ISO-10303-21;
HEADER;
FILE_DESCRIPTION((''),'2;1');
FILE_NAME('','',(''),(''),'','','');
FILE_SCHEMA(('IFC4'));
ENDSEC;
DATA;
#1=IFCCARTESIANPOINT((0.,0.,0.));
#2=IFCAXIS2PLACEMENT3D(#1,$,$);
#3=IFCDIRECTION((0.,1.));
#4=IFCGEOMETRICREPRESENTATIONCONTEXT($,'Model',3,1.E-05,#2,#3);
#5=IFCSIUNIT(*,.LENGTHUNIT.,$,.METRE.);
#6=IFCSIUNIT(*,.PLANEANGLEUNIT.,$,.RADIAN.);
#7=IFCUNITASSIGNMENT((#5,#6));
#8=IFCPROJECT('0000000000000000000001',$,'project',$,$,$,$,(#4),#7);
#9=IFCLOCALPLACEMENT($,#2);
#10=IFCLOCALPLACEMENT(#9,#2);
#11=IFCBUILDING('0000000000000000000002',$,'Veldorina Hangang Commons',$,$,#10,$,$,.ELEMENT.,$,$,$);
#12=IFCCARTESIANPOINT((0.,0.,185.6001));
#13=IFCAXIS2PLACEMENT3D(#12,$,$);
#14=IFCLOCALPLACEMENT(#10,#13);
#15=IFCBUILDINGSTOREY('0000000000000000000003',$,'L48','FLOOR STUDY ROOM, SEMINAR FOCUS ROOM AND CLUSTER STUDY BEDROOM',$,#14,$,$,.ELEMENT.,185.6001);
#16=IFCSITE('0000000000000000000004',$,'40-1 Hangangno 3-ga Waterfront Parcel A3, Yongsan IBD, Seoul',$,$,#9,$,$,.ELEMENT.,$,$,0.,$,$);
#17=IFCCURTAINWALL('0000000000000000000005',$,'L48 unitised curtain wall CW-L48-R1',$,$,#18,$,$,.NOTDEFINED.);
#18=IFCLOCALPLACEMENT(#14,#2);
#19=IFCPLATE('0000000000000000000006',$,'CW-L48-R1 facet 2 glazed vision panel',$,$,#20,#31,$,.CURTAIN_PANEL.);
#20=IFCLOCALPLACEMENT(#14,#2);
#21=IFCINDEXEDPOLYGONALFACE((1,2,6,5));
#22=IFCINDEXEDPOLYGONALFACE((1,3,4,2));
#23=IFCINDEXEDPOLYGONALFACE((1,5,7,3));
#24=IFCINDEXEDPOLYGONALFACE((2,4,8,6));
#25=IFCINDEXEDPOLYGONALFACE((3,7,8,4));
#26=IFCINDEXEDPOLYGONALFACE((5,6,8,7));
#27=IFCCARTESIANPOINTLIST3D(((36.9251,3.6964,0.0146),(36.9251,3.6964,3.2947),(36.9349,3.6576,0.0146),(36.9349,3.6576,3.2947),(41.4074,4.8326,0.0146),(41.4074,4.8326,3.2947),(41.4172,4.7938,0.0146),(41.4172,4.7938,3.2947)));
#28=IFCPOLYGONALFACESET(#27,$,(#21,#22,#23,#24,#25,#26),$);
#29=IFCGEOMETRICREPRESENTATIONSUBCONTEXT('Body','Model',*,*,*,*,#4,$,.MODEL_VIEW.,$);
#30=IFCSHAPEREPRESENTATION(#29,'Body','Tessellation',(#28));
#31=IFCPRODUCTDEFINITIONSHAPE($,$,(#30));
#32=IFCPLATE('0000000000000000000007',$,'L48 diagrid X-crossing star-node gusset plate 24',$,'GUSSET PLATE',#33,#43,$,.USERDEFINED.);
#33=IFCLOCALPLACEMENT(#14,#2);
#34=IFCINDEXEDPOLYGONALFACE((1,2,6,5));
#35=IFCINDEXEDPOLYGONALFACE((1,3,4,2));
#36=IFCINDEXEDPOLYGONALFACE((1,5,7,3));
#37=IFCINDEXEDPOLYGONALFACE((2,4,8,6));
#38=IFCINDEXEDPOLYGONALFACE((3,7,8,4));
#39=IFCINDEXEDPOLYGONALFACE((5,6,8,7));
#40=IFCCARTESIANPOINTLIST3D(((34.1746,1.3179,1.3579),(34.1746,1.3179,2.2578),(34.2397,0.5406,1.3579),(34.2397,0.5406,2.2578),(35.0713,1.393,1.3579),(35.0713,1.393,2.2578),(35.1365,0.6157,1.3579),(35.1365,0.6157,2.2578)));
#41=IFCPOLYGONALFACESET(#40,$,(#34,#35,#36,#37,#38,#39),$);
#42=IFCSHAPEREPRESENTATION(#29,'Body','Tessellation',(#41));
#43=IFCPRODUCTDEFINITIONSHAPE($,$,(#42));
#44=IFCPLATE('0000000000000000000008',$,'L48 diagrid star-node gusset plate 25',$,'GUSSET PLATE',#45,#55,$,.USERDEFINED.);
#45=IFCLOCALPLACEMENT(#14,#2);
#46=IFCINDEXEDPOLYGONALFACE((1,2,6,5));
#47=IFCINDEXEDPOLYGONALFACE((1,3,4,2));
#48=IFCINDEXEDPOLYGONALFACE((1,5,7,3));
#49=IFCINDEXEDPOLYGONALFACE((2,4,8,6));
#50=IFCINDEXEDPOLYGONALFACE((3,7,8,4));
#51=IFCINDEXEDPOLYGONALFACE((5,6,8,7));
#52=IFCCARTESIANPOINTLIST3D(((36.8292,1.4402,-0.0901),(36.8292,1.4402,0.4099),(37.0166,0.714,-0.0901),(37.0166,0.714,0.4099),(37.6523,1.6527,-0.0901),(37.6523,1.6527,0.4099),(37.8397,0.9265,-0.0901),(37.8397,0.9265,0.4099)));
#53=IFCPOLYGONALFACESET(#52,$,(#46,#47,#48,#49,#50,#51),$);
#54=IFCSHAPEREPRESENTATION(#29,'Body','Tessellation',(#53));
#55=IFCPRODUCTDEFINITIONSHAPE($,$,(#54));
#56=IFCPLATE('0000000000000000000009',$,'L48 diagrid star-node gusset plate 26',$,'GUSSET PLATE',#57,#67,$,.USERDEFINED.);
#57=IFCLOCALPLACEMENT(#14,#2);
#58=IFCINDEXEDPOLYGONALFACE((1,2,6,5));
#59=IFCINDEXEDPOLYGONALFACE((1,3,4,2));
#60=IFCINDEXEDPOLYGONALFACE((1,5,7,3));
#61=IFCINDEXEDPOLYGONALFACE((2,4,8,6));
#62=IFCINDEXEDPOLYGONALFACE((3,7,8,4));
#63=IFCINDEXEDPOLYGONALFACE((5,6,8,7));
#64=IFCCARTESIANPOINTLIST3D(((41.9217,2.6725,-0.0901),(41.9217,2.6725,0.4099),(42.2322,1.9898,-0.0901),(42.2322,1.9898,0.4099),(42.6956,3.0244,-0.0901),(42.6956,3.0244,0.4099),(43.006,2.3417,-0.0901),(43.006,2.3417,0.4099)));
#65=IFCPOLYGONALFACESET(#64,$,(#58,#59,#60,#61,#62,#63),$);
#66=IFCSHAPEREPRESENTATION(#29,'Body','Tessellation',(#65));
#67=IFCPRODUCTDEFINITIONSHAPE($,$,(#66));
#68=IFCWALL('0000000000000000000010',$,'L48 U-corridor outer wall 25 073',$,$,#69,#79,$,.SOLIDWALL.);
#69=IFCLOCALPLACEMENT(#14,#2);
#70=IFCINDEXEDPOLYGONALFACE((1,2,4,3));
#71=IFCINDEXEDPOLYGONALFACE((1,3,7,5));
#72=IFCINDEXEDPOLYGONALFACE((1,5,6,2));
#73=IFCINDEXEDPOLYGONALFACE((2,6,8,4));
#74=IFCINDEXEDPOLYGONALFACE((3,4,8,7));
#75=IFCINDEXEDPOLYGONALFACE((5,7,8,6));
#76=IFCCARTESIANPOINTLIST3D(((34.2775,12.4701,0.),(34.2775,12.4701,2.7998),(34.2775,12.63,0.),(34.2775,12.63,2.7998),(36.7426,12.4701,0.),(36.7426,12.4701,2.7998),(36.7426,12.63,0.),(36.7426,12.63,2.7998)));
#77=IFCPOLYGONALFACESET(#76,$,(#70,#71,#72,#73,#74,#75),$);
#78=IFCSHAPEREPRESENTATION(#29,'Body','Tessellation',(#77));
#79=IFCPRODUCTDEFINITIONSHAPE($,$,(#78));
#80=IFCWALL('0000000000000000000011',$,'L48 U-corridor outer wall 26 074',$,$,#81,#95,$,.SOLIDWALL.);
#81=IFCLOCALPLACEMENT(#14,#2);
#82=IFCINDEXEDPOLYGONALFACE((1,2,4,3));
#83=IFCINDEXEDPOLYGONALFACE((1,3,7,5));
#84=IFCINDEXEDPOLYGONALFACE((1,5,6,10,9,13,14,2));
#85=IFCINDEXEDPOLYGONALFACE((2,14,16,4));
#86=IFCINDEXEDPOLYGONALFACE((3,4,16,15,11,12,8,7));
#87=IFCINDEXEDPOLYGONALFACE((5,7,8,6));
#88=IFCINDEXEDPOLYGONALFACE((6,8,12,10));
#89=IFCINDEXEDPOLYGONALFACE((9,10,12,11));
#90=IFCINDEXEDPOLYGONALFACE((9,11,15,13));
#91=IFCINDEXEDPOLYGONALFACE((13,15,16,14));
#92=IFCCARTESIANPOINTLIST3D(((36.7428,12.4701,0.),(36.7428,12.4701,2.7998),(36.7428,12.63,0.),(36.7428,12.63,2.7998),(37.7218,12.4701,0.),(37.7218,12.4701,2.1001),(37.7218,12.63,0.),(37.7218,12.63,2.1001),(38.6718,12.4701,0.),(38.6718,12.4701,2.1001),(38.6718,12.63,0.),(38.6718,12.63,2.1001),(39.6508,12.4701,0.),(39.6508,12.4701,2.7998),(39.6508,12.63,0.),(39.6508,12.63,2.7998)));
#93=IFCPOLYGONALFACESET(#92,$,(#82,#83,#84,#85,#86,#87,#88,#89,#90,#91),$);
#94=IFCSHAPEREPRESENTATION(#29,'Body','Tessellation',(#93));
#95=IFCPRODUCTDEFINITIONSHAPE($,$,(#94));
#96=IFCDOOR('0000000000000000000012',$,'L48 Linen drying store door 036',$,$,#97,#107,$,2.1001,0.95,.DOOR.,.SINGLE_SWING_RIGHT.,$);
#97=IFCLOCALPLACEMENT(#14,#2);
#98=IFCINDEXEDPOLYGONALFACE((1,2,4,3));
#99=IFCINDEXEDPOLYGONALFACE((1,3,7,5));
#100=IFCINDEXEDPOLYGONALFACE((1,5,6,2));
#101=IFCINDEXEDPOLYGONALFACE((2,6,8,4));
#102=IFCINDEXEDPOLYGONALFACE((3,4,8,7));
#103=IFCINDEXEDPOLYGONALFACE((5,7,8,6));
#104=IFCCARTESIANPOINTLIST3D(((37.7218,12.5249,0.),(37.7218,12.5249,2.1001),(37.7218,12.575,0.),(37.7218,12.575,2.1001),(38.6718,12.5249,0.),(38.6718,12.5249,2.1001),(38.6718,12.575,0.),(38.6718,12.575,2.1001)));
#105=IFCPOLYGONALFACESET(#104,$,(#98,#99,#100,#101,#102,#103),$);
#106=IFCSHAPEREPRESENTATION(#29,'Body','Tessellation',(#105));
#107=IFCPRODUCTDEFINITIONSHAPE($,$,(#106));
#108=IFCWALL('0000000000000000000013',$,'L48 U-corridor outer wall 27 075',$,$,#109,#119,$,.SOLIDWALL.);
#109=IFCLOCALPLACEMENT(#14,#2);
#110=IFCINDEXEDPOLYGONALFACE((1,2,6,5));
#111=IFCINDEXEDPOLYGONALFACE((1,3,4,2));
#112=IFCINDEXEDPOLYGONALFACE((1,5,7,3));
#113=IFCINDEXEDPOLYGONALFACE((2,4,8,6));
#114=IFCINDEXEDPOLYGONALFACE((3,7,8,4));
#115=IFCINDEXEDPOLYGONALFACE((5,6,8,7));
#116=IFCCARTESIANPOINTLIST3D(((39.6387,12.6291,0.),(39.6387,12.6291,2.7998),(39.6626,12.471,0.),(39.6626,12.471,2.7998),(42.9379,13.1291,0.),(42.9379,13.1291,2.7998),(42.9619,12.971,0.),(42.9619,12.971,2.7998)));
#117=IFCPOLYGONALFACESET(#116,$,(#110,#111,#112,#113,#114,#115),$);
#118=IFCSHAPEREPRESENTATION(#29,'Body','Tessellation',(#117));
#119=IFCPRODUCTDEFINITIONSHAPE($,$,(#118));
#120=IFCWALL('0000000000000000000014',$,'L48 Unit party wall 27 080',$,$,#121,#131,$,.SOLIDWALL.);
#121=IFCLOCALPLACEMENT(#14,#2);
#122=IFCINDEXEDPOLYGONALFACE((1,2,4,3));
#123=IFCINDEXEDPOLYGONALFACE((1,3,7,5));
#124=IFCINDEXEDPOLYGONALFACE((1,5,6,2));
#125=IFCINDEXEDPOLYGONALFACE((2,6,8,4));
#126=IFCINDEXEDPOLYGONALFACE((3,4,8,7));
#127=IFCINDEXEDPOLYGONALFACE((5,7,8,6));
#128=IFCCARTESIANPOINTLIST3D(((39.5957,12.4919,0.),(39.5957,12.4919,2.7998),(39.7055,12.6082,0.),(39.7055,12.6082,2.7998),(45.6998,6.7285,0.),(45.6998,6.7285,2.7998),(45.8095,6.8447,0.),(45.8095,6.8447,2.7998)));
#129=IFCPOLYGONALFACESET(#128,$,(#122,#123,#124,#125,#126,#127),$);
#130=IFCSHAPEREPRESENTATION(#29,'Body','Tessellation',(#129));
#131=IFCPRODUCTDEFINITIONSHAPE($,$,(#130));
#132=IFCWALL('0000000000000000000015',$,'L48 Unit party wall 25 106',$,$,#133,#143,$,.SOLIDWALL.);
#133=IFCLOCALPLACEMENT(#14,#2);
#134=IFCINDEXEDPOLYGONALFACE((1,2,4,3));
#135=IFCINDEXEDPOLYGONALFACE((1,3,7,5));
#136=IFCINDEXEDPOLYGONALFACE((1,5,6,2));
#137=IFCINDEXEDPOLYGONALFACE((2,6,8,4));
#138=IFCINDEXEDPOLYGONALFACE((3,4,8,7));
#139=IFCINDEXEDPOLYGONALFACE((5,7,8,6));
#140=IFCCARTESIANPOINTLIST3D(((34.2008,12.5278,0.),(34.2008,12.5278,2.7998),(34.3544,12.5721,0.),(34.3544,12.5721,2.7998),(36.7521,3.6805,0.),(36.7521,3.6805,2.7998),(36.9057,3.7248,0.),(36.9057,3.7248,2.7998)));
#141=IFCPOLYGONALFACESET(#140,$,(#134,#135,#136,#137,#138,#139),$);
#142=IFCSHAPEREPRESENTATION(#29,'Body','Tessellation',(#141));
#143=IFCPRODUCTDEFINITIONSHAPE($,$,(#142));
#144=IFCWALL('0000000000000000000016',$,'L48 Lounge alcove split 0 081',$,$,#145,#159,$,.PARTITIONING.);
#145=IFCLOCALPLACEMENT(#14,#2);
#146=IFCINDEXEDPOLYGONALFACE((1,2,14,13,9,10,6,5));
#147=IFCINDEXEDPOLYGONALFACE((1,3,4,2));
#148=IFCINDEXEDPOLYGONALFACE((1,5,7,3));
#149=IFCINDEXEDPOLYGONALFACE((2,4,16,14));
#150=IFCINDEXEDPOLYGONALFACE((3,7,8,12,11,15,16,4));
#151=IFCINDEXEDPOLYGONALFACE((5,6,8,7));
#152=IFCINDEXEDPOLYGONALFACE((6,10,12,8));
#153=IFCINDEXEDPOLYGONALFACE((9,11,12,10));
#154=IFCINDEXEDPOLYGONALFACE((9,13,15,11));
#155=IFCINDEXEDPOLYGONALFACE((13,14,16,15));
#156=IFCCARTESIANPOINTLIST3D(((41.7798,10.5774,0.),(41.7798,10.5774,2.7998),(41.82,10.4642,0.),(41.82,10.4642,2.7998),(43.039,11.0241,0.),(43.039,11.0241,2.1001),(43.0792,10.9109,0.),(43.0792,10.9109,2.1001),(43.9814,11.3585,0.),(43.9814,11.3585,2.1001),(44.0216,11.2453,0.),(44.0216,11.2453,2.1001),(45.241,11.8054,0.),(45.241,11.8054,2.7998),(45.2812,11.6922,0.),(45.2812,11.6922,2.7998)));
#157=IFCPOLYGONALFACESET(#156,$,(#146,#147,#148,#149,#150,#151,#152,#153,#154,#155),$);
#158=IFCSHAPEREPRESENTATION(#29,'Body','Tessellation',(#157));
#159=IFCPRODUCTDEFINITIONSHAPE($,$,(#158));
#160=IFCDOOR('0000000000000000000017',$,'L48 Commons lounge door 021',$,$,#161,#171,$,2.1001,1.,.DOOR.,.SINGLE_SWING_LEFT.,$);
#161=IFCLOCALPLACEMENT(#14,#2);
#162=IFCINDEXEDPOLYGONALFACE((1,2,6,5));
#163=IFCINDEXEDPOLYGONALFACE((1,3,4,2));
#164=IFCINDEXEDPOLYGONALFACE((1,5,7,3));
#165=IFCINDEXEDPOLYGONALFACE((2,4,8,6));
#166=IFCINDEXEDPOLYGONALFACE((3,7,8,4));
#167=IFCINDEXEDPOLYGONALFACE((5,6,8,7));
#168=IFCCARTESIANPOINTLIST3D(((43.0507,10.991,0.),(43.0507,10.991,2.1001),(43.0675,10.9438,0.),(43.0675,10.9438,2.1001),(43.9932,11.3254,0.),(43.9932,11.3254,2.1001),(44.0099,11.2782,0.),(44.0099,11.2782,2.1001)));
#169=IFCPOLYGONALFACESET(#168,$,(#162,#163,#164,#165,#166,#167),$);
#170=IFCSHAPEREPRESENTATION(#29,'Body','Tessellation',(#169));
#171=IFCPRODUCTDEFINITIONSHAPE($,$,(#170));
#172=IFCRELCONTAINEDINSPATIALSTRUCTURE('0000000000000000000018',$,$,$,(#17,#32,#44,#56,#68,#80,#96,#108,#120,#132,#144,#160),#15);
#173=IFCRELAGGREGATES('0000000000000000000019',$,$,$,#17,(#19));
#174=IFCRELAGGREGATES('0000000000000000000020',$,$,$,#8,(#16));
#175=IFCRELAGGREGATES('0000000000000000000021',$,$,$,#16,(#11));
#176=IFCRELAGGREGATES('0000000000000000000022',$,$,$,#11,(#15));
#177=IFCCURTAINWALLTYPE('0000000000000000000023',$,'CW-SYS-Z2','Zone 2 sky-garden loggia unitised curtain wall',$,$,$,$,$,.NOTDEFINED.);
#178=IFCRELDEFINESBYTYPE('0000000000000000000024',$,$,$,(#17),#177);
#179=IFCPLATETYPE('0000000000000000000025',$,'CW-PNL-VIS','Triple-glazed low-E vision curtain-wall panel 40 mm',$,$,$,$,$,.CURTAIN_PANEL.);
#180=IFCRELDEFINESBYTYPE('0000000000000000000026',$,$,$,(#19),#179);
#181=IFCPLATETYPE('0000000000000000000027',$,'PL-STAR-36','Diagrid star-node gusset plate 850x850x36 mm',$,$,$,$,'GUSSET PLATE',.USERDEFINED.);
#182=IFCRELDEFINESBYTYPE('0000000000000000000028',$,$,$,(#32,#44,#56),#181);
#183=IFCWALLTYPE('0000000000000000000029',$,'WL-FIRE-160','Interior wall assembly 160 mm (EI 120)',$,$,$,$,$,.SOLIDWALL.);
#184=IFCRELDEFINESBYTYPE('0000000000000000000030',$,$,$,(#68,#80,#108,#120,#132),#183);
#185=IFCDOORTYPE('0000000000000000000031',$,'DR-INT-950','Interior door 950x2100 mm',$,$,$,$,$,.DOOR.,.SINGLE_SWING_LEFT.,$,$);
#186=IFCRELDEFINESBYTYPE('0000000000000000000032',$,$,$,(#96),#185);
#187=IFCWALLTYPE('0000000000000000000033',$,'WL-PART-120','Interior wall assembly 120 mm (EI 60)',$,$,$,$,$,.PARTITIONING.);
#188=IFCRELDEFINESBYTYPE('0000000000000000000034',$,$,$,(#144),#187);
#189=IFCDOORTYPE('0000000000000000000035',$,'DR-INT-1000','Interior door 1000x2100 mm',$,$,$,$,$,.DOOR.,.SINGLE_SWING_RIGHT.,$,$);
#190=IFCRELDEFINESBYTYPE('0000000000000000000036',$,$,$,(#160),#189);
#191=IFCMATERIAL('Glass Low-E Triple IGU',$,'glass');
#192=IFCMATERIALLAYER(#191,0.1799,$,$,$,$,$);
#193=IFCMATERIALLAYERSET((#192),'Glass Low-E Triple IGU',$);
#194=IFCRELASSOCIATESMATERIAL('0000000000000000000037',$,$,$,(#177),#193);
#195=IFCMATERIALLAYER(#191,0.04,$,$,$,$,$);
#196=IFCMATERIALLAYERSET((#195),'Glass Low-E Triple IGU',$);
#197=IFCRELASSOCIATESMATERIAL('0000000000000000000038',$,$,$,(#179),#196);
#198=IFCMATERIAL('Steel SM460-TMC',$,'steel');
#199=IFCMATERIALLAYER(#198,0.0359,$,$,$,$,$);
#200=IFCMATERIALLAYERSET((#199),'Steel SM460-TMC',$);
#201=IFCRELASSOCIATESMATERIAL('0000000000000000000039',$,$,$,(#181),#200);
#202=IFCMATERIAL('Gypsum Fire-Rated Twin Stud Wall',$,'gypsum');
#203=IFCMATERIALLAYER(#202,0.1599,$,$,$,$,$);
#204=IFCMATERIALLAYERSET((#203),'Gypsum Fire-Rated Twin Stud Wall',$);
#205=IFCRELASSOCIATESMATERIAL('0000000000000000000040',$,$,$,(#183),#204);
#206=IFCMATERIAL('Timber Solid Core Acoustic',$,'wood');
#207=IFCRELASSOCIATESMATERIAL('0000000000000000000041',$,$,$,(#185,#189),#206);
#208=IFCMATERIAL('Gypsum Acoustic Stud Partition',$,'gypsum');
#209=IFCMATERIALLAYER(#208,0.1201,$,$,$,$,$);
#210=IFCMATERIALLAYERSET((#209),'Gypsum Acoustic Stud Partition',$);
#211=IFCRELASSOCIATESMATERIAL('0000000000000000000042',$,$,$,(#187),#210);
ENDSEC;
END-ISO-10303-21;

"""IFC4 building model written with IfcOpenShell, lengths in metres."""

from ifc_helpers import new_model, si_unit, direction, frame, frame_2d, origin, origin_2d, place, context, subcontext, project, spatial, rectangle, extrude, material, layer, layer_set, type_object, element, fill, aggregate, save


model = new_model("IFC4")

# Units and contexts
model_context = context("Model", 3, precision=1e-05, world=origin(), true_north=direction((0.0, 1.0)))
body_context = subcontext(model_context, "Body", "Model", "MODEL_VIEW")
ifc_project = project(units=[si_unit("LENGTHUNIT", "METRE"), si_unit("PLANEANGLEUNIT", "RADIAN")], contexts=[model_context])

# Site, building, storey
site_placement = place(None, origin())
site = spatial("IfcSite", under=ifc_project, at=site_placement, Name="40-1 Hangangno 3-ga Waterfront Parcel A3, Yongsan IBD, Seoul", CompositionType="ELEMENT", RefElevation=0.0)
building_placement = place(site_placement, origin())
building = spatial("IfcBuilding", under=site, at=building_placement, Name="Veldorina Hangang Commons", CompositionType="ELEMENT")
storey_placement = place(building_placement, frame((0.0, 0.0, 185.6001)))
storey = spatial("IfcBuildingStorey", under=building, at=storey_placement, Name="L48", Description="FLOOR STUDY ROOM, SEMINAR FOCUS ROOM AND CLUSTER STUDY BEDROOM", CompositionType="ELEMENT", Elevation=185.6001)

# Curtain wall
ifc_material_1 = material(Name="Glass Low-E Triple IGU", Category="glass")
ifc_layer_1 = layer(ifc_material_1, 0.1799)
ifc_layer_set_1 = layer_set([ifc_layer_1], Name="Glass Low-E Triple IGU")
curtain_wall_type = type_object("IfcCurtainWallType", Name="CW-SYS-Z2", Description="Zone 2 sky-garden loggia unitised curtain wall", PredefinedType="NOTDEFINED", material=ifc_layer_set_1)
curtain_wall_placement = place(storey_placement, origin())
curtain_wall = element("IfcCurtainWall", 1, at=curtain_wall_placement, inside=storey, type_object=curtain_wall_type, Name="L48 unitised curtain wall CW-L48-R1", PredefinedType="NOTDEFINED")

# Plate
ifc_layer_2 = layer(ifc_material_1, 0.04)
ifc_layer_set_2 = layer_set([ifc_layer_2], Name="Glass Low-E Triple IGU")
plate_type_1 = type_object("IfcPlateType", Name="CW-PNL-VIS", Description="Triple-glazed low-E vision curtain-wall panel 40 mm", PredefinedType="CURTAIN_PANEL", material=ifc_layer_set_2)
plate_1_placement = place(storey_placement, frame((39.1711, 4.2451, 0.0146), z_axis=(0.0, 0.0, 1.0), x_axis=(0.969343, 0.245713, 0.0)))
plate_1 = element("IfcPlate", 2, at=plate_1_placement, type_object=plate_type_1, Name="CW-L48-R1 facet 2 glazed vision panel", PredefinedType="CURTAIN_PANEL", context=body_context, shape_type="SweptSolid", body=[
    extrude(rectangle(XDim=4.624, YDim=0.04, at=origin_2d()), origin(), (0.0, 0.0, 1.0), 3.28),
])
aggregate(curtain_wall, [plate_1])

# Plates
ifc_material_2 = material(Name="Steel SM460-TMC", Category="steel")
ifc_layer_3 = layer(ifc_material_2, 0.0359)
ifc_layer_set_3 = layer_set([ifc_layer_3], Name="Steel SM460-TMC")
plate_type_2 = type_object("IfcPlateType", Name="PL-STAR-36", Description="Diagrid star-node gusset plate 850x850x36 mm", ElementType="GUSSET PLATE", PredefinedType="USERDEFINED", material=ifc_layer_set_3)
plate_2_placement = place(storey_placement, frame((34.6555, 0.9668, 1.3579), z_axis=(0.0, 0.0, 1.0), x_axis=(0.996507, 0.083504, 0.0)))
element("IfcPlate", 3, at=plate_2_placement, inside=storey, type_object=plate_type_2, Name="L48 diagrid X-crossing star-node gusset plate 24", ObjectType="GUSSET PLATE", PredefinedType="USERDEFINED", context=body_context, shape_type="SweptSolid", body=[
    extrude(rectangle(XDim=0.8999, YDim=0.78, at=origin_2d()), origin(), (0.0, 0.0, 1.0), 0.8999),
])
for number, where, z_axis, x_axis, name in (
    (4, (37.3345, 1.1833, -0.0901), (0.0, 0.0, 1.0), (0.968274, 0.24989, 0.0), "L48 diagrid star-node gusset plate 25"),
    (5, (42.4639, 2.5071, -0.0901), (0.0, 0.0, 1.0), (0.910294, 0.413963, 0.0), "L48 diagrid star-node gusset plate 26"),
):
    element("IfcPlate", number, at=place(storey_placement, frame(where, z_axis=z_axis, x_axis=x_axis)), inside=storey, type_object=plate_type_2, Name=name, ObjectType="GUSSET PLATE", PredefinedType="USERDEFINED", context=body_context, shape_type="SweptSolid", body=[
        extrude(rectangle(XDim=0.8501, YDim=0.75, at=origin_2d()), origin(), (0.0, 0.0, 1.0), 0.5),
    ])

# Wall
ifc_material_3 = material(Name="Gypsum Fire-Rated Twin Stud Wall", Category="gypsum")
ifc_layer_4 = layer(ifc_material_3, 0.1599)
ifc_layer_set_4 = layer_set([ifc_layer_4], Name="Gypsum Fire-Rated Twin Stud Wall")
wall_type_1 = type_object("IfcWallType", Name="WL-FIRE-160", Description="Interior wall assembly 160 mm (EI 120)", PredefinedType="SOLIDWALL", material=ifc_layer_set_4)
wall_1_placement = place(storey_placement, frame((34.2776, 12.55, 0.0), z_axis=(0.0, 0.0, 1.0), x_axis=(1.0, 0.0, 0.0)))
element("IfcWall", 6, at=wall_1_placement, inside=storey, type_object=wall_type_1, Name="L48 U-corridor outer wall 25 073", PredefinedType="SOLIDWALL", context=body_context, shape_type="SweptSolid", body=[
    extrude(rectangle(XDim=2.4651, YDim=0.1599, at=frame_2d((1.2324, 0.0))), origin(), (0.0, 0.0, 1.0), 2.7998),
])

# Wall, opening, door
wall_2_placement = place(storey_placement, frame((36.7427, 12.55, 0.0), z_axis=(0.0, 0.0, 1.0), x_axis=(1.0, 0.0, 0.0)))
wall_2 = element("IfcWall", 7, at=wall_2_placement, inside=storey, type_object=wall_type_1, Name="L48 U-corridor outer wall 26 074", PredefinedType="SOLIDWALL", context=body_context, shape_type="SweptSolid", body=[
    extrude(rectangle(XDim=2.908, YDim=0.1599, at=frame_2d((1.4541, 0.0))), origin(), (0.0, 0.0, 1.0), 2.7998),
])
opening_1_placement = place(wall_2_placement, frame((0.979, 0.0, 0.0)))
opening_1 = element("IfcOpeningElement", 8, at=opening_1_placement, cuts=wall_2, PredefinedType="OPENING", context=body_context, shape_type="SweptSolid", body=[
    extrude(rectangle(XDim=0.95, YDim=2.1001, at=frame_2d((0.4751, 1.05))), frame((0.0, 0.0898, 0.0), z_axis=(0.0, -1.0, 0.0), x_axis=(1.0, 0.0, 0.0)), (0.0, 0.0, 1.0), 0.1799),
])
ifc_material_4 = material(Name="Timber Solid Core Acoustic", Category="wood")
door_type_1 = type_object("IfcDoorType", Name="DR-INT-950", Description="Interior door 950x2100 mm", OperationType="SINGLE_SWING_LEFT", PredefinedType="DOOR", material=ifc_material_4)
door_1_placement = place(opening_1_placement, origin())
door_1 = element("IfcDoor", 9, at=door_1_placement, inside=storey, type_object=door_type_1, Name="L48 Linen drying store door 036", OperationType="SINGLE_SWING_RIGHT", OverallHeight=2.1001, OverallWidth=0.95, PredefinedType="DOOR", context=body_context, shape_type="SweptSolid", body=[
    extrude(rectangle(XDim=0.95, YDim=2.1001, at=frame_2d((0.4751, 1.05))), frame((0.0, 0.0249, 0.0), z_axis=(0.0, -1.0, 0.0), x_axis=(1.0, 0.0, 0.0)), (0.0, 0.0, 1.0), 0.05),
])
fill(opening_1, door_1)

# Walls
wall_3_placement = place(storey_placement, frame((39.6506, 12.55, 0.0), z_axis=(0.0, 0.0, 1.0), x_axis=(0.988711, 0.149836, 0.0)))
element("IfcWall", 10, at=wall_3_placement, inside=storey, type_object=wall_type_1, Name="L48 U-corridor outer wall 27 075", PredefinedType="SOLIDWALL", context=body_context, shape_type="SweptSolid", body=[
    extrude(rectangle(XDim=3.3369, YDim=0.1599, at=frame_2d((1.6685, 0.0))), origin(), (0.0, 0.0, 1.0), 2.7998),
])
wall_4_placement = place(storey_placement, frame((39.6506, 12.55, 0.0), z_axis=(0.0, 0.0, 1.0), x_axis=(0.7271, -0.686531, 0.0)))
element("IfcWall", 11, at=wall_4_placement, inside=storey, type_object=wall_type_1, Name="L48 Unit party wall 27 080", PredefinedType="SOLIDWALL", context=body_context, shape_type="SweptSolid", body=[
    extrude(rectangle(XDim=8.395, YDim=0.1599, at=frame_2d((4.1975, 0.0))), origin(), (0.0, 0.0, 1.0), 2.7998),
])
wall_5_placement = place(storey_placement, frame((34.2776, 12.55, 0.0), z_axis=(0.0, 0.0, 1.0), x_axis=(0.277081, -0.960847, 0.0)))
element("IfcWall", 12, at=wall_5_placement, inside=storey, type_object=wall_type_1, Name="L48 Unit party wall 25 106", PredefinedType="SOLIDWALL", context=body_context, shape_type="SweptSolid", body=[
    extrude(rectangle(XDim=9.2078, YDim=0.1599, at=frame_2d((4.604, 0.0))), origin(), (0.0, 0.0, 1.0), 2.7998),
])

# Wall, opening, door
ifc_material_5 = material(Name="Gypsum Acoustic Stud Partition", Category="gypsum")
ifc_layer_5 = layer(ifc_material_5, 0.1201)
ifc_layer_set_5 = layer_set([ifc_layer_5], Name="Gypsum Acoustic Stud Partition")
wall_type_2 = type_object("IfcWallType", Name="WL-PART-120", Description="Interior wall assembly 120 mm (EI 60)", PredefinedType="PARTITIONING", material=ifc_layer_set_5)
wall_6_placement = place(storey_placement, frame((41.7998, 10.5208, 0.0), z_axis=(0.0, 0.0, 1.0), x_axis=(0.942439, 0.334377, 0.0)))
wall_6 = element("IfcWall", 13, at=wall_6_placement, inside=storey, type_object=wall_type_2, Name="L48 Lounge alcove split 0 081", PredefinedType="PARTITIONING", context=body_context, shape_type="SweptSolid", body=[
    extrude(rectangle(XDim=3.6726, YDim=0.1201, at=frame_2d((1.8364, 0.0))), origin(), (0.0, 0.0, 1.0), 2.7998),
])
opening_2_placement = place(wall_6_placement, frame((1.3362, 0.0, 0.0)))
opening_2 = element("IfcOpeningElement", 14, at=opening_2_placement, cuts=wall_6, PredefinedType="OPENING", context=body_context, shape_type="SweptSolid", body=[
    extrude(rectangle(XDim=1.0, YDim=2.1001, at=frame_2d((0.5, 1.05))), frame((0.0, 0.0701, 0.0), z_axis=(0.0, -1.0, 0.0), x_axis=(1.0, 0.0, 0.0)), (0.0, 0.0, 1.0), 0.1401),
])
door_type_2 = type_object("IfcDoorType", Name="DR-INT-1000", Description="Interior door 1000x2100 mm", OperationType="SINGLE_SWING_RIGHT", PredefinedType="DOOR", material=ifc_material_4)
door_2_placement = place(opening_2_placement, origin())
door_2 = element("IfcDoor", 15, at=door_2_placement, inside=storey, type_object=door_type_2, Name="L48 Commons lounge door 021", OperationType="SINGLE_SWING_LEFT", OverallHeight=2.1001, OverallWidth=1.0, PredefinedType="DOOR", context=body_context, shape_type="SweptSolid", body=[
    extrude(rectangle(XDim=1.0, YDim=2.1001, at=frame_2d((0.5, 1.05))), frame((0.0, 0.0249, 0.0), z_axis=(0.0, -1.0, 0.0), x_axis=(1.0, 0.0, 0.0)), (0.0, 0.0, 1.0), 0.05),
])
fill(opening_2, door_2)

save(model, "model.ifc")
